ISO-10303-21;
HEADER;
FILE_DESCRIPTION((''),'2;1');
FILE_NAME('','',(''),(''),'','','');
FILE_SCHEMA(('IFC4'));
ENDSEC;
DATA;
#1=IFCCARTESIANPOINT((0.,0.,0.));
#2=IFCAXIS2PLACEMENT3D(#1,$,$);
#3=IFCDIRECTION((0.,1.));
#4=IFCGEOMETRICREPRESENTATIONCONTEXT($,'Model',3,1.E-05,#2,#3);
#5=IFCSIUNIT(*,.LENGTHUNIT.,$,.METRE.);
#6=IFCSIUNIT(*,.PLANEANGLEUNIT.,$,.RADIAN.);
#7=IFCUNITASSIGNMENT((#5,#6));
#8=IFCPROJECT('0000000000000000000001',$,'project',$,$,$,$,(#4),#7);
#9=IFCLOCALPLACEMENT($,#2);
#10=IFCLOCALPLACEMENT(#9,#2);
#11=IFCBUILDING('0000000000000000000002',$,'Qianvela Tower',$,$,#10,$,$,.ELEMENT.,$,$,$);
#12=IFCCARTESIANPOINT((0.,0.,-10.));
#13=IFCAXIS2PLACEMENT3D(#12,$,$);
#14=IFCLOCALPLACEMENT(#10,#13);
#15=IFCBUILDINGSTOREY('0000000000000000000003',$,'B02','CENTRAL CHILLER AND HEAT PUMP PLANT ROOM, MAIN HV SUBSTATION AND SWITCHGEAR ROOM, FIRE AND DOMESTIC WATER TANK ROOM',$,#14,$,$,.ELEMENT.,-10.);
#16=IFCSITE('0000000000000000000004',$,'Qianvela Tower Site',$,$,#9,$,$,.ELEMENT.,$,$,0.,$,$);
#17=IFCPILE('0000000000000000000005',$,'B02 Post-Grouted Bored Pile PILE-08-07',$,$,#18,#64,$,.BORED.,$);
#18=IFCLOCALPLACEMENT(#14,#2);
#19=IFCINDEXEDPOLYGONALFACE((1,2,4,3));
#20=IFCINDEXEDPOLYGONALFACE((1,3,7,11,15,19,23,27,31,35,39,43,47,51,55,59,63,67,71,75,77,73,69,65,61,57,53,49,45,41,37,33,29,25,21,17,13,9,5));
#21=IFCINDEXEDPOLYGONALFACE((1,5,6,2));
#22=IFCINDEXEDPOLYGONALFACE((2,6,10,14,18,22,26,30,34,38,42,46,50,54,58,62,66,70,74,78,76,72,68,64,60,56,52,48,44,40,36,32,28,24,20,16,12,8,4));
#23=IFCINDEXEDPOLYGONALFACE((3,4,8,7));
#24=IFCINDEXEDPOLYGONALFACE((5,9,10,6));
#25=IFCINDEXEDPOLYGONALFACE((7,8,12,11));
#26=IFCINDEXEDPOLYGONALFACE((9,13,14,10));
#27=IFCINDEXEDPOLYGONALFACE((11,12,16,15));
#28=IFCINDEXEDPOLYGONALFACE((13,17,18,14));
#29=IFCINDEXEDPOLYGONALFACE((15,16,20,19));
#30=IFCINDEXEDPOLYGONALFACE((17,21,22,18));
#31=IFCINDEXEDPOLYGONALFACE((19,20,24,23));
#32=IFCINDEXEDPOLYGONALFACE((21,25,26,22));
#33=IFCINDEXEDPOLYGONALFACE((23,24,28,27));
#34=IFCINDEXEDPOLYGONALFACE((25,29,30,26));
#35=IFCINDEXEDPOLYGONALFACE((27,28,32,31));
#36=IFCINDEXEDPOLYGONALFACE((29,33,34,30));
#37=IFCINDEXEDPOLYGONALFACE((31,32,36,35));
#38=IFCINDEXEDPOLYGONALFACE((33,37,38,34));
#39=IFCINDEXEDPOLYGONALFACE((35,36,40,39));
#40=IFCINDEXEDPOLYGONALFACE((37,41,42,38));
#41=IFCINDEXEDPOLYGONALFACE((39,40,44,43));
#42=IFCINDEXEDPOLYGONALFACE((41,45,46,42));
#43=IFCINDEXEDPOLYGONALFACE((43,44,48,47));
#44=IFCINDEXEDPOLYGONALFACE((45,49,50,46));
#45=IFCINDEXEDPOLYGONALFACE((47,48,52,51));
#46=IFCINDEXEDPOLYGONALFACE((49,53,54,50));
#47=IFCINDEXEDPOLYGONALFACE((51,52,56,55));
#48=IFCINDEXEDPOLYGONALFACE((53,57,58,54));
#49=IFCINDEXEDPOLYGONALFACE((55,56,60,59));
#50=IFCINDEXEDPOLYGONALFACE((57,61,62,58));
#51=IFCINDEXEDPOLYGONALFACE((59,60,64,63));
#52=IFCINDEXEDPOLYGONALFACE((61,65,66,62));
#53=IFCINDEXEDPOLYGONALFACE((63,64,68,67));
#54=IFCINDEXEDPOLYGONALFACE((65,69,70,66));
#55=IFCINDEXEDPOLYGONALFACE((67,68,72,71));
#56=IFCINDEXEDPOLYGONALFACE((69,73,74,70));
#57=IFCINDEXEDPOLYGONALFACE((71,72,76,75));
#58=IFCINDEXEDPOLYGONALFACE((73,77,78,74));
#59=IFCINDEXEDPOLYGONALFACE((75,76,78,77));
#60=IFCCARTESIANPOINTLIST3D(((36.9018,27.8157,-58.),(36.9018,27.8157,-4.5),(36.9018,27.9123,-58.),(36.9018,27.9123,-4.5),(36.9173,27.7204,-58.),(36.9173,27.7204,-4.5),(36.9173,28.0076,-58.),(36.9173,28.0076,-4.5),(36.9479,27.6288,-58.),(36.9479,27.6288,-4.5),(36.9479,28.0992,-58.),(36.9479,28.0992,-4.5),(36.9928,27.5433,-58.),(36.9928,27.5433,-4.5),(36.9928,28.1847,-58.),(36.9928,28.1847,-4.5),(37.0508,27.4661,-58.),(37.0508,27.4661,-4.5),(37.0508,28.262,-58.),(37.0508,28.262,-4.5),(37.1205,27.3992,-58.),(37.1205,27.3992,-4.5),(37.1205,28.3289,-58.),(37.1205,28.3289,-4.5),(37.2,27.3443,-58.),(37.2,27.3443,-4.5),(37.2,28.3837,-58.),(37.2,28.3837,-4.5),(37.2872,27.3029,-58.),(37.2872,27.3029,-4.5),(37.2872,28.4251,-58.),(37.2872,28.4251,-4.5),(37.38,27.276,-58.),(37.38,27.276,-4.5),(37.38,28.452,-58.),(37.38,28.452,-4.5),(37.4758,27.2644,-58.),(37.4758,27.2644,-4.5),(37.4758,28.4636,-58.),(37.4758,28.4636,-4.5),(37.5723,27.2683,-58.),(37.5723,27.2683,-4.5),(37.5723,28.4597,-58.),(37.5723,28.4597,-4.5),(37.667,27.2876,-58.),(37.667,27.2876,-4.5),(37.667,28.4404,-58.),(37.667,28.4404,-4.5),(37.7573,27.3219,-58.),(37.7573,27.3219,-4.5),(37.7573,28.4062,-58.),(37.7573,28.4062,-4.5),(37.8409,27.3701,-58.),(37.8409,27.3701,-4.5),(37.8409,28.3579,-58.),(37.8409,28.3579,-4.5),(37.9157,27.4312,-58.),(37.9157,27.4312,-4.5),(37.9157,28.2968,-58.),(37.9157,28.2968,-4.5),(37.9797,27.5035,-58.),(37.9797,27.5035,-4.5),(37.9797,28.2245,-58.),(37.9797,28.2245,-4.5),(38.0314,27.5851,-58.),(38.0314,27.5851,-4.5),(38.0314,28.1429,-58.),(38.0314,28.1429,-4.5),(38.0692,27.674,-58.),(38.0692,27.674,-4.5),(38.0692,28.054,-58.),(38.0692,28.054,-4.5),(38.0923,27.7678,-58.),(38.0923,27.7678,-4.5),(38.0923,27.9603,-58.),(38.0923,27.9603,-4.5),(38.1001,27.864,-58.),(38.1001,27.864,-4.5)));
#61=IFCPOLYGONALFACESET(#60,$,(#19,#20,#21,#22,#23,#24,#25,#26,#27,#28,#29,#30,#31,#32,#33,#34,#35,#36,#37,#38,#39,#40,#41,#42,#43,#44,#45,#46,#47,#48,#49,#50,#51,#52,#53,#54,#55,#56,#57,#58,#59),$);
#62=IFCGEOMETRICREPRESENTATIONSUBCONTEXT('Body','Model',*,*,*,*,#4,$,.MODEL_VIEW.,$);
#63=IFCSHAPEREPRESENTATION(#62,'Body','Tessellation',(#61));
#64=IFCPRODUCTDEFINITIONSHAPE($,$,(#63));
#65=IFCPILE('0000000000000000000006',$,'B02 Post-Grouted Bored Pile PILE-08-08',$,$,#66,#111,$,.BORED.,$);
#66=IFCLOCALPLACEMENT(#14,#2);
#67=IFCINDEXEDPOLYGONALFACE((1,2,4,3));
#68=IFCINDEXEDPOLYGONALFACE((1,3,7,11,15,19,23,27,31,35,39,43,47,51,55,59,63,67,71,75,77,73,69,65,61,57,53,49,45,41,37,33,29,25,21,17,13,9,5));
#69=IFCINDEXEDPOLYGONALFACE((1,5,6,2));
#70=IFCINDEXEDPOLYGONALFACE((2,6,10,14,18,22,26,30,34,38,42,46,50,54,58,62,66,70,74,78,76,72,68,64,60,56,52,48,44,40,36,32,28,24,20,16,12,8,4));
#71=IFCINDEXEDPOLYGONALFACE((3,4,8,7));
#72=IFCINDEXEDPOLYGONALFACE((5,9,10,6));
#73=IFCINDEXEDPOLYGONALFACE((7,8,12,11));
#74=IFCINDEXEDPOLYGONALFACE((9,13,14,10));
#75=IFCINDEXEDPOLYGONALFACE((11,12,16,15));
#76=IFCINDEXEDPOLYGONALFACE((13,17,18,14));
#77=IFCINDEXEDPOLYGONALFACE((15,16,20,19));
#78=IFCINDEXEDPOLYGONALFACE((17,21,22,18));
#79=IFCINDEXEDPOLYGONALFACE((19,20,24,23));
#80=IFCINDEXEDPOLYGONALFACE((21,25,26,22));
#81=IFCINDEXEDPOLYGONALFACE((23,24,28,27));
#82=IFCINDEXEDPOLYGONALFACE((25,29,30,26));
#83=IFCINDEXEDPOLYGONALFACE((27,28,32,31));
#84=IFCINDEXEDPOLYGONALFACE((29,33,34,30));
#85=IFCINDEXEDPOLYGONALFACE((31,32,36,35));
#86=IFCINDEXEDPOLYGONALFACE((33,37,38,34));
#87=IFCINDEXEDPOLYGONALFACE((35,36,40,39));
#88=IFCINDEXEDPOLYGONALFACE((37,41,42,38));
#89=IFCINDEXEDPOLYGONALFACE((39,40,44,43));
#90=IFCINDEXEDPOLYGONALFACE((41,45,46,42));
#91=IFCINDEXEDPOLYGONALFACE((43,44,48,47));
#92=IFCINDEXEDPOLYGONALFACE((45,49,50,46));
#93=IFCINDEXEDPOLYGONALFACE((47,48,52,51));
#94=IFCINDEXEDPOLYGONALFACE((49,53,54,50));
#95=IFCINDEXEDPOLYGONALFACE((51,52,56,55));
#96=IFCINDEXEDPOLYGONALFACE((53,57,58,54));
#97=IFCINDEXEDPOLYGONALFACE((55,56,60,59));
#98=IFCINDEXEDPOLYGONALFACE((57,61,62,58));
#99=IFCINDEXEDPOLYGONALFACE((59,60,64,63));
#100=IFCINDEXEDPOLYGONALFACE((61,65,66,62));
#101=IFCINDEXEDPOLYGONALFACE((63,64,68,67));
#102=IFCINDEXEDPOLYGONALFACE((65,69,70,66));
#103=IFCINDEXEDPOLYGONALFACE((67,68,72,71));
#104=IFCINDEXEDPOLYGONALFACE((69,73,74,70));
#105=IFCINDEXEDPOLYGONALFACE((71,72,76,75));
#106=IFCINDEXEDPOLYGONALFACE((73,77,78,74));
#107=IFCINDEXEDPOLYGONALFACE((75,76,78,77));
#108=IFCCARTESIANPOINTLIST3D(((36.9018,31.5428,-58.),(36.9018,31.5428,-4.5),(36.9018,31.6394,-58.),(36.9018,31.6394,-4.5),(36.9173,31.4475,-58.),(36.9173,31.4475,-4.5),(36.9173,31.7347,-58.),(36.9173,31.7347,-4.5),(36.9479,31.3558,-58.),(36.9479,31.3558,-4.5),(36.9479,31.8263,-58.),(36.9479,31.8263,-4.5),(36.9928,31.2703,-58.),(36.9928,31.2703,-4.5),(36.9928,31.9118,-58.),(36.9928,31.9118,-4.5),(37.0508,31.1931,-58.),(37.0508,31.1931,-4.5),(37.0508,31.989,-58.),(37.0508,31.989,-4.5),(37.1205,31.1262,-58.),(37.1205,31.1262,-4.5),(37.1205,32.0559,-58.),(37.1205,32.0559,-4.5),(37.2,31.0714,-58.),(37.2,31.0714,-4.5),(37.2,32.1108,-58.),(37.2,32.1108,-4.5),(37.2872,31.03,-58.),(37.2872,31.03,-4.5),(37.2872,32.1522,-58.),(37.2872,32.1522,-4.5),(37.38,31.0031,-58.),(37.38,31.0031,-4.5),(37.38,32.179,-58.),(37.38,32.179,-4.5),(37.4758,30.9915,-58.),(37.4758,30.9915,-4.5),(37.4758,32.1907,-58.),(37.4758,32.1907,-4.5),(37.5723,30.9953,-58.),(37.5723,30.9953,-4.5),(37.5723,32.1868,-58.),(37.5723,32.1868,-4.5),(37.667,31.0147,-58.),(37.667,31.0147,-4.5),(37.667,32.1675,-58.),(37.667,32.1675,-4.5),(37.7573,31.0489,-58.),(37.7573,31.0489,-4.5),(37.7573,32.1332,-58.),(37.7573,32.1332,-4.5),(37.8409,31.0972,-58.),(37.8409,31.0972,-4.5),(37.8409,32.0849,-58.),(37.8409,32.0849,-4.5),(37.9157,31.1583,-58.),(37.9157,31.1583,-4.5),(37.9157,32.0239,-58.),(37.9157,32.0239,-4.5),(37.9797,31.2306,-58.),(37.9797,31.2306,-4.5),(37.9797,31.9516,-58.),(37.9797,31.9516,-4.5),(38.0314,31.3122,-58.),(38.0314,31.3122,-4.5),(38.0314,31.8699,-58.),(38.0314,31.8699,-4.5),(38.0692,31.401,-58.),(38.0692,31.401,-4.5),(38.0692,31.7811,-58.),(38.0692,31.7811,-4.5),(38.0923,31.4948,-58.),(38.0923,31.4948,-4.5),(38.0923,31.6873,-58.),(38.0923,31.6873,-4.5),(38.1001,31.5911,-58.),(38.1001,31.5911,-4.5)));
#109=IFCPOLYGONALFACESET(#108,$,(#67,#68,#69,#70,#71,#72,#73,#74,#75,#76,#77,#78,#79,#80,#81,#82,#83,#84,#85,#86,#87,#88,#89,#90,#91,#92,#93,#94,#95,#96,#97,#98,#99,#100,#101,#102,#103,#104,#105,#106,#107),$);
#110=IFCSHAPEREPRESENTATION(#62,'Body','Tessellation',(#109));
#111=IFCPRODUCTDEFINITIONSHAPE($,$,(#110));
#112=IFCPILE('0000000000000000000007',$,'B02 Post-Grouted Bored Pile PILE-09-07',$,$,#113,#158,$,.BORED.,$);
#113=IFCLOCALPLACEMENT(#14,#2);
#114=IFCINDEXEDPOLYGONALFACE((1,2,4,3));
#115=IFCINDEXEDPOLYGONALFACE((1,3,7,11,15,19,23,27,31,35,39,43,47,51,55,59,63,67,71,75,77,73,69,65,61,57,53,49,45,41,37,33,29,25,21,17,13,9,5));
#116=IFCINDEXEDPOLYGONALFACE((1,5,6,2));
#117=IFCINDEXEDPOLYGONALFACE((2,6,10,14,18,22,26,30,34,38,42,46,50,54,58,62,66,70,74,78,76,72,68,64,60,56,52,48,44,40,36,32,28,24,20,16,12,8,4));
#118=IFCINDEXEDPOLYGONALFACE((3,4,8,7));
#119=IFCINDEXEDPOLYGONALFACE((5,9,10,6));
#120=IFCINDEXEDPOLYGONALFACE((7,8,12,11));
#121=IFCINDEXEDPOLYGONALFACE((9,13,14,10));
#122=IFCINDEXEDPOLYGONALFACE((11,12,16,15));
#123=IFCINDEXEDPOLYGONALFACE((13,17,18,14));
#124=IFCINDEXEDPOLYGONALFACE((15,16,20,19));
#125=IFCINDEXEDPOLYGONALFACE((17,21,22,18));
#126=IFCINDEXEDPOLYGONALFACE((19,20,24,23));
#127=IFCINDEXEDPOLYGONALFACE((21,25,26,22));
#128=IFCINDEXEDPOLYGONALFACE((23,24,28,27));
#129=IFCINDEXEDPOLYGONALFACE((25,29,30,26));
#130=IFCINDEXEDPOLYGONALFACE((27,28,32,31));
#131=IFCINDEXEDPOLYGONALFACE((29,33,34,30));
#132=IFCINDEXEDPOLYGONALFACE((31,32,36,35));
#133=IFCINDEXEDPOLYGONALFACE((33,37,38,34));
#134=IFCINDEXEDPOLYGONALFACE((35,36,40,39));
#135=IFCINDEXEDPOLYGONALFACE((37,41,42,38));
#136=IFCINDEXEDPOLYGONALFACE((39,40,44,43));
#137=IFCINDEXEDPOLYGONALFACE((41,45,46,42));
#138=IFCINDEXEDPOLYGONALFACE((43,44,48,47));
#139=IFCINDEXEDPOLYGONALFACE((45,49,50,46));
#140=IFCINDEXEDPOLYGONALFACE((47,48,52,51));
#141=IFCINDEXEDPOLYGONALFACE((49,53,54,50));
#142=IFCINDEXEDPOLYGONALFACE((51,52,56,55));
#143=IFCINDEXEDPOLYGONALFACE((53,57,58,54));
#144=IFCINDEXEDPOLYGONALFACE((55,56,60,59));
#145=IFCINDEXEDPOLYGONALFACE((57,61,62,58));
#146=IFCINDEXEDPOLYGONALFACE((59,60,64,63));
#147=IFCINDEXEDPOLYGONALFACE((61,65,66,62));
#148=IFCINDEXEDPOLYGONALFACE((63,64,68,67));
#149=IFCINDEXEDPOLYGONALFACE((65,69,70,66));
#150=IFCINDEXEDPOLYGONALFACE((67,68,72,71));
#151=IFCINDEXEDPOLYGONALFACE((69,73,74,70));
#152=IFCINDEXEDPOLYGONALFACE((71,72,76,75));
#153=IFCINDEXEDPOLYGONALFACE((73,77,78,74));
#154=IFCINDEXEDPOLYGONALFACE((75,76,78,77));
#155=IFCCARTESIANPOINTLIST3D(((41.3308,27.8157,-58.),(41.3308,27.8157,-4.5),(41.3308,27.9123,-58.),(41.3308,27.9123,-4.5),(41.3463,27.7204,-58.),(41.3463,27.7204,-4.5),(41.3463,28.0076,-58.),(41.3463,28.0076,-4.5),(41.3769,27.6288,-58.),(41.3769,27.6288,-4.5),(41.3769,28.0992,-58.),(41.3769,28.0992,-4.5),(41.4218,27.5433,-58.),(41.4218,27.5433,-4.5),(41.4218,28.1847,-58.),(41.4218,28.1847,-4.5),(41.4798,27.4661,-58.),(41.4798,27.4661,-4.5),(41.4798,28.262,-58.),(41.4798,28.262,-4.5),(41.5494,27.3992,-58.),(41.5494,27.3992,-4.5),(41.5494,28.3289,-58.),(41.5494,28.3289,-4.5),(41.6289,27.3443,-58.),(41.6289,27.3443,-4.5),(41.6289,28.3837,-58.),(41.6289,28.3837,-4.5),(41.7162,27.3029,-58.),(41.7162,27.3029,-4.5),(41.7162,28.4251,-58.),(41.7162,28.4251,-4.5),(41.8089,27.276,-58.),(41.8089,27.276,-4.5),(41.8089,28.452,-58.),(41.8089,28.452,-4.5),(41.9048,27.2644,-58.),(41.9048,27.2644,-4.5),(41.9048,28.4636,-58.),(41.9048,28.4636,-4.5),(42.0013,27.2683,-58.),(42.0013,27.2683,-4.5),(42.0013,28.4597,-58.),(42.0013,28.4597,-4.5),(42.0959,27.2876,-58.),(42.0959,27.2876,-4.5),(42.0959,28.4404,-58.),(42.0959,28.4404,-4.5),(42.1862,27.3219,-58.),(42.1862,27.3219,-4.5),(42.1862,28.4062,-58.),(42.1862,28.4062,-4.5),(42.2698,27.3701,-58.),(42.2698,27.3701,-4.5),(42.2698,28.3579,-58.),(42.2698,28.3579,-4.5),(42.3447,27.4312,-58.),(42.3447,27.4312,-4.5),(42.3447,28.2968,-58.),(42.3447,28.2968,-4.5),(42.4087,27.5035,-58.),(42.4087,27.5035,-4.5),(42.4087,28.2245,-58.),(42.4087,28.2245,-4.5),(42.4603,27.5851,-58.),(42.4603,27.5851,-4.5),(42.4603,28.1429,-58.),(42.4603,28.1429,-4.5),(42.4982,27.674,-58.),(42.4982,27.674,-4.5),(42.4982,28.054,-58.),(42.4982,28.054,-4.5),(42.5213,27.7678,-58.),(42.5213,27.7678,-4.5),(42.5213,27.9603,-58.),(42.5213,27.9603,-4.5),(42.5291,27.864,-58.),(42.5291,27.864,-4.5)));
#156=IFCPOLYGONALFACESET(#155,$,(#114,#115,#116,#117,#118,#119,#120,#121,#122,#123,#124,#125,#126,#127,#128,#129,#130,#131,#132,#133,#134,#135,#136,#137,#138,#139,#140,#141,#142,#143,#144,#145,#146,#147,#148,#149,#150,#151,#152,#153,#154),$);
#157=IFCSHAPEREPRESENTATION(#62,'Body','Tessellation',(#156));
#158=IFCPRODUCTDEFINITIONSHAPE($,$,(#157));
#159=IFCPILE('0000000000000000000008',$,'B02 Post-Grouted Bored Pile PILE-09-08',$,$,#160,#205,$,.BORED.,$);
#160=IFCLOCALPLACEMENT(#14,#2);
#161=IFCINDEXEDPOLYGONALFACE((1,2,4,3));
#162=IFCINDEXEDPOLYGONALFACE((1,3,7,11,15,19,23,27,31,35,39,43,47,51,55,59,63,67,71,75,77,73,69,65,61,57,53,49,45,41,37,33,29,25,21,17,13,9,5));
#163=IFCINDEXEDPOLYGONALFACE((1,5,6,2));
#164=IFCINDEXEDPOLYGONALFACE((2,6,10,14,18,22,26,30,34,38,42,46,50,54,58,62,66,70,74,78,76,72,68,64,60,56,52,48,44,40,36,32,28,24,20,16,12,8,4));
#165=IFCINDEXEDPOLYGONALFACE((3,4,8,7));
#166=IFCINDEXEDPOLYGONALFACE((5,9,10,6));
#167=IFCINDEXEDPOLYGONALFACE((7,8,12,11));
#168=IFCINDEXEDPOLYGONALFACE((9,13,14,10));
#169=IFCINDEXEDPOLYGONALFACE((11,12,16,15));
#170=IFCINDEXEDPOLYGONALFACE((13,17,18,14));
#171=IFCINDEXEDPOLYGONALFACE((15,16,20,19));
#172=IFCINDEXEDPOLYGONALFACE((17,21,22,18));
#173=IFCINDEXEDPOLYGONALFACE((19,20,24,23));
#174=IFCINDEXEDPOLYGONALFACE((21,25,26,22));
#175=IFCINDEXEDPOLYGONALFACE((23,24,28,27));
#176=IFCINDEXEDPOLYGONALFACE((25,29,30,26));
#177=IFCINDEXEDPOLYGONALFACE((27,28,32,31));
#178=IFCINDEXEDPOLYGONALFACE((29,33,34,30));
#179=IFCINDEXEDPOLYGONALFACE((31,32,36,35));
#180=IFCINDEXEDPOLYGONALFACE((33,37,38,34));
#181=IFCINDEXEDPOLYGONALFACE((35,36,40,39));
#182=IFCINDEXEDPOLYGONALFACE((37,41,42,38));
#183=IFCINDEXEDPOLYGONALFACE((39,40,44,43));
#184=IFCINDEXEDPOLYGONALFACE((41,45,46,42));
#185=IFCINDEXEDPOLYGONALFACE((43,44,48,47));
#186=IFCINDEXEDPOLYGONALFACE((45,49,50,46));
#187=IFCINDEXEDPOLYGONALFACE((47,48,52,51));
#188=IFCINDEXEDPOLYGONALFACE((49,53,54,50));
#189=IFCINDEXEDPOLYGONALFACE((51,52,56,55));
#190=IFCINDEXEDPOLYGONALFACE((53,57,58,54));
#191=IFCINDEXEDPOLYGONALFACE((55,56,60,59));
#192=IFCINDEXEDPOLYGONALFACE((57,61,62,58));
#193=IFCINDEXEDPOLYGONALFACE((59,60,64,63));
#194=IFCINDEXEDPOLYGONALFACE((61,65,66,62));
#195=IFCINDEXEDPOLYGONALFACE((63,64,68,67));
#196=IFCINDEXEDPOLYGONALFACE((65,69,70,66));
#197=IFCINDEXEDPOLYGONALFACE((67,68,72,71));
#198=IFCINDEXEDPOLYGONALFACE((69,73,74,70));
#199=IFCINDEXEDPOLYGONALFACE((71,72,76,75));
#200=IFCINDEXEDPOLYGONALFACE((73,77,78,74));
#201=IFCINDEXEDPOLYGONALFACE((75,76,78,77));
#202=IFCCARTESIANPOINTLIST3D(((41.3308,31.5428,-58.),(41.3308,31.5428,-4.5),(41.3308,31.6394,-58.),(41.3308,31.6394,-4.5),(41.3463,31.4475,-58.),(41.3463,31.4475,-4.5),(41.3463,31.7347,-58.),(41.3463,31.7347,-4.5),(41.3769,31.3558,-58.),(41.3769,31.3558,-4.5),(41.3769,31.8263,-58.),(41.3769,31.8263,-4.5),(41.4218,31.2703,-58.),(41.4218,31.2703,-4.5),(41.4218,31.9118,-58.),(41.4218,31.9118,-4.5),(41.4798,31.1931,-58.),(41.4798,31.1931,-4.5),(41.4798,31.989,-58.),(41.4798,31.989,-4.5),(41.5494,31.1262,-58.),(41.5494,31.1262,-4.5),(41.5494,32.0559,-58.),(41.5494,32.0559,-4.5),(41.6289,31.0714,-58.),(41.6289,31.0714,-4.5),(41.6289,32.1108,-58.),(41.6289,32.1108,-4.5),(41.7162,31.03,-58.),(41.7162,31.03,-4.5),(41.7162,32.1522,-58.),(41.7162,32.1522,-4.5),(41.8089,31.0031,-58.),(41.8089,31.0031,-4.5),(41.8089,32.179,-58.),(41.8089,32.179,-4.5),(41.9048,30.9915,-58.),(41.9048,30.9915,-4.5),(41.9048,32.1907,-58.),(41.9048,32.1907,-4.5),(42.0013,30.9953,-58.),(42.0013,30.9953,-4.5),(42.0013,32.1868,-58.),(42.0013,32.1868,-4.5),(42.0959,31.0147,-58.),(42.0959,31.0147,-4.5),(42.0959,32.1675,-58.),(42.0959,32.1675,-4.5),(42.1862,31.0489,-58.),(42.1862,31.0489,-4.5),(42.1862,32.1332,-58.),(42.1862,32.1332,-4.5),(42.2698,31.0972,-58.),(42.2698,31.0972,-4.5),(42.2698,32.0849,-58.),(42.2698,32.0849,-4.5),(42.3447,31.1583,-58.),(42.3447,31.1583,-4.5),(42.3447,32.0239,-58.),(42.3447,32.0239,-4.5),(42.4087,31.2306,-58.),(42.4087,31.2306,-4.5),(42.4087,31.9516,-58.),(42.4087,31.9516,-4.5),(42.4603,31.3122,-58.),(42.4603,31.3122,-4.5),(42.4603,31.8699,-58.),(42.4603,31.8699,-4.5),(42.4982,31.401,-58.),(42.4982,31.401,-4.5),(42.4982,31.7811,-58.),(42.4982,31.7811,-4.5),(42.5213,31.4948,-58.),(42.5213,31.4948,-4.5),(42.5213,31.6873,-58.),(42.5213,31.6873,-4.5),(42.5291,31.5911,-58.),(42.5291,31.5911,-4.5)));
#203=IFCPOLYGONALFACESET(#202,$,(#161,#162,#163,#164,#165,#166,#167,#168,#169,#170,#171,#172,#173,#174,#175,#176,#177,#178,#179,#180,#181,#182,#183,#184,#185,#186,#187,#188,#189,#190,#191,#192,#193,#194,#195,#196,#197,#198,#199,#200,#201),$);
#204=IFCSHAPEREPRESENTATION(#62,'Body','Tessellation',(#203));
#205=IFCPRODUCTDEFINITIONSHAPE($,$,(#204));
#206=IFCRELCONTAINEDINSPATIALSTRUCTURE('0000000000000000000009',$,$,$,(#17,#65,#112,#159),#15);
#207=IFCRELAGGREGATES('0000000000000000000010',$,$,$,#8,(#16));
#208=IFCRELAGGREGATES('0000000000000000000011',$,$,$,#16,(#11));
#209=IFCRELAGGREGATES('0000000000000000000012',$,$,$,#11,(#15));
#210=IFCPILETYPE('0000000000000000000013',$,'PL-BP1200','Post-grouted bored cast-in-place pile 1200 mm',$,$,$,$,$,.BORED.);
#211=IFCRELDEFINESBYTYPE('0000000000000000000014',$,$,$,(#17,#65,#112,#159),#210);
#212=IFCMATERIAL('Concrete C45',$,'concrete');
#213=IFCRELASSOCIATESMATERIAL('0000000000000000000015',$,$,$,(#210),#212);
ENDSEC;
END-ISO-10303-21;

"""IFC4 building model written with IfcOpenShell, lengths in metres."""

from ifc_helpers import new_model, si_unit, direction, frame, origin, origin_2d, place, context, subcontext, project, spatial, circle, extrude, material, material_profile, profile_set, type_object, element, save


model = new_model("IFC4")

# Units and contexts
model_context = context("Model", 3, precision=1e-05, world=origin(), true_north=direction((0.0, 1.0)))
body_context = subcontext(model_context, "Body", "Model", "MODEL_VIEW")
ifc_project = project(units=[si_unit("LENGTHUNIT", "METRE"), si_unit("PLANEANGLEUNIT", "RADIAN")], contexts=[model_context])

# Site, building, storey
site_placement = place(None, origin())
site = spatial("IfcSite", under=ifc_project, at=site_placement, Name="Qianvela Tower Site", CompositionType="ELEMENT", RefElevation=0.0)
building_placement = place(site_placement, origin())
building = spatial("IfcBuilding", under=site, at=building_placement, Name="Qianvela Tower", CompositionType="ELEMENT")
storey_placement = place(building_placement, frame((0.0, 0.0, -10.0)))
storey = spatial("IfcBuildingStorey", under=building, at=storey_placement, Name="B02", Description="CENTRAL CHILLER AND HEAT PUMP PLANT ROOM, MAIN HV SUBSTATION AND SWITCHGEAR ROOM, FIRE AND DOMESTIC WATER TANK ROOM", CompositionType="ELEMENT", Elevation=-10.0)

# Piles
ifc_material_1 = material(Name="Concrete C45", Category="concrete")
ifc_material_profile_1 = material_profile(ifc_material_1, circle(Radius=0.6001, at=origin_2d()), Name="BP-1200")
ifc_profile_set_1 = profile_set([ifc_material_profile_1], Name="Concrete C45")
pile_type = type_object("IfcPileType", Name="PL-BP1200", Description="Post-grouted bored cast-in-place pile 1200 mm", PredefinedType="BORED", material=ifc_profile_set_1)
for number, where, z_axis, x_axis, name in (
    (1, (37.5, 27.864, -4.5), (0.0, 0.0, -1.0), (1.0, 0.0, 0.0), "B02 Post-Grouted Bored Pile PILE-08-07"),
    (2, (37.5, 31.5911, -4.5), (0.0, 0.0, -1.0), (1.0, 0.0, 0.0), "B02 Post-Grouted Bored Pile PILE-08-08"),
    (3, (41.929, 27.864, -4.5), (0.0, 0.0, -1.0), (1.0, 0.0, 0.0), "B02 Post-Grouted Bored Pile PILE-09-07"),
    (4, (41.929, 31.5911, -4.5), (0.0, 0.0, -1.0), (1.0, 0.0, 0.0), "B02 Post-Grouted Bored Pile PILE-09-08"),
):
    element("IfcPile", number, at=place(storey_placement, frame(where, z_axis=z_axis, x_axis=x_axis)), inside=storey, type_object=pile_type, Name=name, PredefinedType="BORED", context=body_context, shape_type="SweptSolid", body=[
        extrude(circle(Radius=0.6001, at=origin_2d()), origin(), (0.0, 0.0, 1.0), 53.5),
    ])

save(model, "model.ifc")
